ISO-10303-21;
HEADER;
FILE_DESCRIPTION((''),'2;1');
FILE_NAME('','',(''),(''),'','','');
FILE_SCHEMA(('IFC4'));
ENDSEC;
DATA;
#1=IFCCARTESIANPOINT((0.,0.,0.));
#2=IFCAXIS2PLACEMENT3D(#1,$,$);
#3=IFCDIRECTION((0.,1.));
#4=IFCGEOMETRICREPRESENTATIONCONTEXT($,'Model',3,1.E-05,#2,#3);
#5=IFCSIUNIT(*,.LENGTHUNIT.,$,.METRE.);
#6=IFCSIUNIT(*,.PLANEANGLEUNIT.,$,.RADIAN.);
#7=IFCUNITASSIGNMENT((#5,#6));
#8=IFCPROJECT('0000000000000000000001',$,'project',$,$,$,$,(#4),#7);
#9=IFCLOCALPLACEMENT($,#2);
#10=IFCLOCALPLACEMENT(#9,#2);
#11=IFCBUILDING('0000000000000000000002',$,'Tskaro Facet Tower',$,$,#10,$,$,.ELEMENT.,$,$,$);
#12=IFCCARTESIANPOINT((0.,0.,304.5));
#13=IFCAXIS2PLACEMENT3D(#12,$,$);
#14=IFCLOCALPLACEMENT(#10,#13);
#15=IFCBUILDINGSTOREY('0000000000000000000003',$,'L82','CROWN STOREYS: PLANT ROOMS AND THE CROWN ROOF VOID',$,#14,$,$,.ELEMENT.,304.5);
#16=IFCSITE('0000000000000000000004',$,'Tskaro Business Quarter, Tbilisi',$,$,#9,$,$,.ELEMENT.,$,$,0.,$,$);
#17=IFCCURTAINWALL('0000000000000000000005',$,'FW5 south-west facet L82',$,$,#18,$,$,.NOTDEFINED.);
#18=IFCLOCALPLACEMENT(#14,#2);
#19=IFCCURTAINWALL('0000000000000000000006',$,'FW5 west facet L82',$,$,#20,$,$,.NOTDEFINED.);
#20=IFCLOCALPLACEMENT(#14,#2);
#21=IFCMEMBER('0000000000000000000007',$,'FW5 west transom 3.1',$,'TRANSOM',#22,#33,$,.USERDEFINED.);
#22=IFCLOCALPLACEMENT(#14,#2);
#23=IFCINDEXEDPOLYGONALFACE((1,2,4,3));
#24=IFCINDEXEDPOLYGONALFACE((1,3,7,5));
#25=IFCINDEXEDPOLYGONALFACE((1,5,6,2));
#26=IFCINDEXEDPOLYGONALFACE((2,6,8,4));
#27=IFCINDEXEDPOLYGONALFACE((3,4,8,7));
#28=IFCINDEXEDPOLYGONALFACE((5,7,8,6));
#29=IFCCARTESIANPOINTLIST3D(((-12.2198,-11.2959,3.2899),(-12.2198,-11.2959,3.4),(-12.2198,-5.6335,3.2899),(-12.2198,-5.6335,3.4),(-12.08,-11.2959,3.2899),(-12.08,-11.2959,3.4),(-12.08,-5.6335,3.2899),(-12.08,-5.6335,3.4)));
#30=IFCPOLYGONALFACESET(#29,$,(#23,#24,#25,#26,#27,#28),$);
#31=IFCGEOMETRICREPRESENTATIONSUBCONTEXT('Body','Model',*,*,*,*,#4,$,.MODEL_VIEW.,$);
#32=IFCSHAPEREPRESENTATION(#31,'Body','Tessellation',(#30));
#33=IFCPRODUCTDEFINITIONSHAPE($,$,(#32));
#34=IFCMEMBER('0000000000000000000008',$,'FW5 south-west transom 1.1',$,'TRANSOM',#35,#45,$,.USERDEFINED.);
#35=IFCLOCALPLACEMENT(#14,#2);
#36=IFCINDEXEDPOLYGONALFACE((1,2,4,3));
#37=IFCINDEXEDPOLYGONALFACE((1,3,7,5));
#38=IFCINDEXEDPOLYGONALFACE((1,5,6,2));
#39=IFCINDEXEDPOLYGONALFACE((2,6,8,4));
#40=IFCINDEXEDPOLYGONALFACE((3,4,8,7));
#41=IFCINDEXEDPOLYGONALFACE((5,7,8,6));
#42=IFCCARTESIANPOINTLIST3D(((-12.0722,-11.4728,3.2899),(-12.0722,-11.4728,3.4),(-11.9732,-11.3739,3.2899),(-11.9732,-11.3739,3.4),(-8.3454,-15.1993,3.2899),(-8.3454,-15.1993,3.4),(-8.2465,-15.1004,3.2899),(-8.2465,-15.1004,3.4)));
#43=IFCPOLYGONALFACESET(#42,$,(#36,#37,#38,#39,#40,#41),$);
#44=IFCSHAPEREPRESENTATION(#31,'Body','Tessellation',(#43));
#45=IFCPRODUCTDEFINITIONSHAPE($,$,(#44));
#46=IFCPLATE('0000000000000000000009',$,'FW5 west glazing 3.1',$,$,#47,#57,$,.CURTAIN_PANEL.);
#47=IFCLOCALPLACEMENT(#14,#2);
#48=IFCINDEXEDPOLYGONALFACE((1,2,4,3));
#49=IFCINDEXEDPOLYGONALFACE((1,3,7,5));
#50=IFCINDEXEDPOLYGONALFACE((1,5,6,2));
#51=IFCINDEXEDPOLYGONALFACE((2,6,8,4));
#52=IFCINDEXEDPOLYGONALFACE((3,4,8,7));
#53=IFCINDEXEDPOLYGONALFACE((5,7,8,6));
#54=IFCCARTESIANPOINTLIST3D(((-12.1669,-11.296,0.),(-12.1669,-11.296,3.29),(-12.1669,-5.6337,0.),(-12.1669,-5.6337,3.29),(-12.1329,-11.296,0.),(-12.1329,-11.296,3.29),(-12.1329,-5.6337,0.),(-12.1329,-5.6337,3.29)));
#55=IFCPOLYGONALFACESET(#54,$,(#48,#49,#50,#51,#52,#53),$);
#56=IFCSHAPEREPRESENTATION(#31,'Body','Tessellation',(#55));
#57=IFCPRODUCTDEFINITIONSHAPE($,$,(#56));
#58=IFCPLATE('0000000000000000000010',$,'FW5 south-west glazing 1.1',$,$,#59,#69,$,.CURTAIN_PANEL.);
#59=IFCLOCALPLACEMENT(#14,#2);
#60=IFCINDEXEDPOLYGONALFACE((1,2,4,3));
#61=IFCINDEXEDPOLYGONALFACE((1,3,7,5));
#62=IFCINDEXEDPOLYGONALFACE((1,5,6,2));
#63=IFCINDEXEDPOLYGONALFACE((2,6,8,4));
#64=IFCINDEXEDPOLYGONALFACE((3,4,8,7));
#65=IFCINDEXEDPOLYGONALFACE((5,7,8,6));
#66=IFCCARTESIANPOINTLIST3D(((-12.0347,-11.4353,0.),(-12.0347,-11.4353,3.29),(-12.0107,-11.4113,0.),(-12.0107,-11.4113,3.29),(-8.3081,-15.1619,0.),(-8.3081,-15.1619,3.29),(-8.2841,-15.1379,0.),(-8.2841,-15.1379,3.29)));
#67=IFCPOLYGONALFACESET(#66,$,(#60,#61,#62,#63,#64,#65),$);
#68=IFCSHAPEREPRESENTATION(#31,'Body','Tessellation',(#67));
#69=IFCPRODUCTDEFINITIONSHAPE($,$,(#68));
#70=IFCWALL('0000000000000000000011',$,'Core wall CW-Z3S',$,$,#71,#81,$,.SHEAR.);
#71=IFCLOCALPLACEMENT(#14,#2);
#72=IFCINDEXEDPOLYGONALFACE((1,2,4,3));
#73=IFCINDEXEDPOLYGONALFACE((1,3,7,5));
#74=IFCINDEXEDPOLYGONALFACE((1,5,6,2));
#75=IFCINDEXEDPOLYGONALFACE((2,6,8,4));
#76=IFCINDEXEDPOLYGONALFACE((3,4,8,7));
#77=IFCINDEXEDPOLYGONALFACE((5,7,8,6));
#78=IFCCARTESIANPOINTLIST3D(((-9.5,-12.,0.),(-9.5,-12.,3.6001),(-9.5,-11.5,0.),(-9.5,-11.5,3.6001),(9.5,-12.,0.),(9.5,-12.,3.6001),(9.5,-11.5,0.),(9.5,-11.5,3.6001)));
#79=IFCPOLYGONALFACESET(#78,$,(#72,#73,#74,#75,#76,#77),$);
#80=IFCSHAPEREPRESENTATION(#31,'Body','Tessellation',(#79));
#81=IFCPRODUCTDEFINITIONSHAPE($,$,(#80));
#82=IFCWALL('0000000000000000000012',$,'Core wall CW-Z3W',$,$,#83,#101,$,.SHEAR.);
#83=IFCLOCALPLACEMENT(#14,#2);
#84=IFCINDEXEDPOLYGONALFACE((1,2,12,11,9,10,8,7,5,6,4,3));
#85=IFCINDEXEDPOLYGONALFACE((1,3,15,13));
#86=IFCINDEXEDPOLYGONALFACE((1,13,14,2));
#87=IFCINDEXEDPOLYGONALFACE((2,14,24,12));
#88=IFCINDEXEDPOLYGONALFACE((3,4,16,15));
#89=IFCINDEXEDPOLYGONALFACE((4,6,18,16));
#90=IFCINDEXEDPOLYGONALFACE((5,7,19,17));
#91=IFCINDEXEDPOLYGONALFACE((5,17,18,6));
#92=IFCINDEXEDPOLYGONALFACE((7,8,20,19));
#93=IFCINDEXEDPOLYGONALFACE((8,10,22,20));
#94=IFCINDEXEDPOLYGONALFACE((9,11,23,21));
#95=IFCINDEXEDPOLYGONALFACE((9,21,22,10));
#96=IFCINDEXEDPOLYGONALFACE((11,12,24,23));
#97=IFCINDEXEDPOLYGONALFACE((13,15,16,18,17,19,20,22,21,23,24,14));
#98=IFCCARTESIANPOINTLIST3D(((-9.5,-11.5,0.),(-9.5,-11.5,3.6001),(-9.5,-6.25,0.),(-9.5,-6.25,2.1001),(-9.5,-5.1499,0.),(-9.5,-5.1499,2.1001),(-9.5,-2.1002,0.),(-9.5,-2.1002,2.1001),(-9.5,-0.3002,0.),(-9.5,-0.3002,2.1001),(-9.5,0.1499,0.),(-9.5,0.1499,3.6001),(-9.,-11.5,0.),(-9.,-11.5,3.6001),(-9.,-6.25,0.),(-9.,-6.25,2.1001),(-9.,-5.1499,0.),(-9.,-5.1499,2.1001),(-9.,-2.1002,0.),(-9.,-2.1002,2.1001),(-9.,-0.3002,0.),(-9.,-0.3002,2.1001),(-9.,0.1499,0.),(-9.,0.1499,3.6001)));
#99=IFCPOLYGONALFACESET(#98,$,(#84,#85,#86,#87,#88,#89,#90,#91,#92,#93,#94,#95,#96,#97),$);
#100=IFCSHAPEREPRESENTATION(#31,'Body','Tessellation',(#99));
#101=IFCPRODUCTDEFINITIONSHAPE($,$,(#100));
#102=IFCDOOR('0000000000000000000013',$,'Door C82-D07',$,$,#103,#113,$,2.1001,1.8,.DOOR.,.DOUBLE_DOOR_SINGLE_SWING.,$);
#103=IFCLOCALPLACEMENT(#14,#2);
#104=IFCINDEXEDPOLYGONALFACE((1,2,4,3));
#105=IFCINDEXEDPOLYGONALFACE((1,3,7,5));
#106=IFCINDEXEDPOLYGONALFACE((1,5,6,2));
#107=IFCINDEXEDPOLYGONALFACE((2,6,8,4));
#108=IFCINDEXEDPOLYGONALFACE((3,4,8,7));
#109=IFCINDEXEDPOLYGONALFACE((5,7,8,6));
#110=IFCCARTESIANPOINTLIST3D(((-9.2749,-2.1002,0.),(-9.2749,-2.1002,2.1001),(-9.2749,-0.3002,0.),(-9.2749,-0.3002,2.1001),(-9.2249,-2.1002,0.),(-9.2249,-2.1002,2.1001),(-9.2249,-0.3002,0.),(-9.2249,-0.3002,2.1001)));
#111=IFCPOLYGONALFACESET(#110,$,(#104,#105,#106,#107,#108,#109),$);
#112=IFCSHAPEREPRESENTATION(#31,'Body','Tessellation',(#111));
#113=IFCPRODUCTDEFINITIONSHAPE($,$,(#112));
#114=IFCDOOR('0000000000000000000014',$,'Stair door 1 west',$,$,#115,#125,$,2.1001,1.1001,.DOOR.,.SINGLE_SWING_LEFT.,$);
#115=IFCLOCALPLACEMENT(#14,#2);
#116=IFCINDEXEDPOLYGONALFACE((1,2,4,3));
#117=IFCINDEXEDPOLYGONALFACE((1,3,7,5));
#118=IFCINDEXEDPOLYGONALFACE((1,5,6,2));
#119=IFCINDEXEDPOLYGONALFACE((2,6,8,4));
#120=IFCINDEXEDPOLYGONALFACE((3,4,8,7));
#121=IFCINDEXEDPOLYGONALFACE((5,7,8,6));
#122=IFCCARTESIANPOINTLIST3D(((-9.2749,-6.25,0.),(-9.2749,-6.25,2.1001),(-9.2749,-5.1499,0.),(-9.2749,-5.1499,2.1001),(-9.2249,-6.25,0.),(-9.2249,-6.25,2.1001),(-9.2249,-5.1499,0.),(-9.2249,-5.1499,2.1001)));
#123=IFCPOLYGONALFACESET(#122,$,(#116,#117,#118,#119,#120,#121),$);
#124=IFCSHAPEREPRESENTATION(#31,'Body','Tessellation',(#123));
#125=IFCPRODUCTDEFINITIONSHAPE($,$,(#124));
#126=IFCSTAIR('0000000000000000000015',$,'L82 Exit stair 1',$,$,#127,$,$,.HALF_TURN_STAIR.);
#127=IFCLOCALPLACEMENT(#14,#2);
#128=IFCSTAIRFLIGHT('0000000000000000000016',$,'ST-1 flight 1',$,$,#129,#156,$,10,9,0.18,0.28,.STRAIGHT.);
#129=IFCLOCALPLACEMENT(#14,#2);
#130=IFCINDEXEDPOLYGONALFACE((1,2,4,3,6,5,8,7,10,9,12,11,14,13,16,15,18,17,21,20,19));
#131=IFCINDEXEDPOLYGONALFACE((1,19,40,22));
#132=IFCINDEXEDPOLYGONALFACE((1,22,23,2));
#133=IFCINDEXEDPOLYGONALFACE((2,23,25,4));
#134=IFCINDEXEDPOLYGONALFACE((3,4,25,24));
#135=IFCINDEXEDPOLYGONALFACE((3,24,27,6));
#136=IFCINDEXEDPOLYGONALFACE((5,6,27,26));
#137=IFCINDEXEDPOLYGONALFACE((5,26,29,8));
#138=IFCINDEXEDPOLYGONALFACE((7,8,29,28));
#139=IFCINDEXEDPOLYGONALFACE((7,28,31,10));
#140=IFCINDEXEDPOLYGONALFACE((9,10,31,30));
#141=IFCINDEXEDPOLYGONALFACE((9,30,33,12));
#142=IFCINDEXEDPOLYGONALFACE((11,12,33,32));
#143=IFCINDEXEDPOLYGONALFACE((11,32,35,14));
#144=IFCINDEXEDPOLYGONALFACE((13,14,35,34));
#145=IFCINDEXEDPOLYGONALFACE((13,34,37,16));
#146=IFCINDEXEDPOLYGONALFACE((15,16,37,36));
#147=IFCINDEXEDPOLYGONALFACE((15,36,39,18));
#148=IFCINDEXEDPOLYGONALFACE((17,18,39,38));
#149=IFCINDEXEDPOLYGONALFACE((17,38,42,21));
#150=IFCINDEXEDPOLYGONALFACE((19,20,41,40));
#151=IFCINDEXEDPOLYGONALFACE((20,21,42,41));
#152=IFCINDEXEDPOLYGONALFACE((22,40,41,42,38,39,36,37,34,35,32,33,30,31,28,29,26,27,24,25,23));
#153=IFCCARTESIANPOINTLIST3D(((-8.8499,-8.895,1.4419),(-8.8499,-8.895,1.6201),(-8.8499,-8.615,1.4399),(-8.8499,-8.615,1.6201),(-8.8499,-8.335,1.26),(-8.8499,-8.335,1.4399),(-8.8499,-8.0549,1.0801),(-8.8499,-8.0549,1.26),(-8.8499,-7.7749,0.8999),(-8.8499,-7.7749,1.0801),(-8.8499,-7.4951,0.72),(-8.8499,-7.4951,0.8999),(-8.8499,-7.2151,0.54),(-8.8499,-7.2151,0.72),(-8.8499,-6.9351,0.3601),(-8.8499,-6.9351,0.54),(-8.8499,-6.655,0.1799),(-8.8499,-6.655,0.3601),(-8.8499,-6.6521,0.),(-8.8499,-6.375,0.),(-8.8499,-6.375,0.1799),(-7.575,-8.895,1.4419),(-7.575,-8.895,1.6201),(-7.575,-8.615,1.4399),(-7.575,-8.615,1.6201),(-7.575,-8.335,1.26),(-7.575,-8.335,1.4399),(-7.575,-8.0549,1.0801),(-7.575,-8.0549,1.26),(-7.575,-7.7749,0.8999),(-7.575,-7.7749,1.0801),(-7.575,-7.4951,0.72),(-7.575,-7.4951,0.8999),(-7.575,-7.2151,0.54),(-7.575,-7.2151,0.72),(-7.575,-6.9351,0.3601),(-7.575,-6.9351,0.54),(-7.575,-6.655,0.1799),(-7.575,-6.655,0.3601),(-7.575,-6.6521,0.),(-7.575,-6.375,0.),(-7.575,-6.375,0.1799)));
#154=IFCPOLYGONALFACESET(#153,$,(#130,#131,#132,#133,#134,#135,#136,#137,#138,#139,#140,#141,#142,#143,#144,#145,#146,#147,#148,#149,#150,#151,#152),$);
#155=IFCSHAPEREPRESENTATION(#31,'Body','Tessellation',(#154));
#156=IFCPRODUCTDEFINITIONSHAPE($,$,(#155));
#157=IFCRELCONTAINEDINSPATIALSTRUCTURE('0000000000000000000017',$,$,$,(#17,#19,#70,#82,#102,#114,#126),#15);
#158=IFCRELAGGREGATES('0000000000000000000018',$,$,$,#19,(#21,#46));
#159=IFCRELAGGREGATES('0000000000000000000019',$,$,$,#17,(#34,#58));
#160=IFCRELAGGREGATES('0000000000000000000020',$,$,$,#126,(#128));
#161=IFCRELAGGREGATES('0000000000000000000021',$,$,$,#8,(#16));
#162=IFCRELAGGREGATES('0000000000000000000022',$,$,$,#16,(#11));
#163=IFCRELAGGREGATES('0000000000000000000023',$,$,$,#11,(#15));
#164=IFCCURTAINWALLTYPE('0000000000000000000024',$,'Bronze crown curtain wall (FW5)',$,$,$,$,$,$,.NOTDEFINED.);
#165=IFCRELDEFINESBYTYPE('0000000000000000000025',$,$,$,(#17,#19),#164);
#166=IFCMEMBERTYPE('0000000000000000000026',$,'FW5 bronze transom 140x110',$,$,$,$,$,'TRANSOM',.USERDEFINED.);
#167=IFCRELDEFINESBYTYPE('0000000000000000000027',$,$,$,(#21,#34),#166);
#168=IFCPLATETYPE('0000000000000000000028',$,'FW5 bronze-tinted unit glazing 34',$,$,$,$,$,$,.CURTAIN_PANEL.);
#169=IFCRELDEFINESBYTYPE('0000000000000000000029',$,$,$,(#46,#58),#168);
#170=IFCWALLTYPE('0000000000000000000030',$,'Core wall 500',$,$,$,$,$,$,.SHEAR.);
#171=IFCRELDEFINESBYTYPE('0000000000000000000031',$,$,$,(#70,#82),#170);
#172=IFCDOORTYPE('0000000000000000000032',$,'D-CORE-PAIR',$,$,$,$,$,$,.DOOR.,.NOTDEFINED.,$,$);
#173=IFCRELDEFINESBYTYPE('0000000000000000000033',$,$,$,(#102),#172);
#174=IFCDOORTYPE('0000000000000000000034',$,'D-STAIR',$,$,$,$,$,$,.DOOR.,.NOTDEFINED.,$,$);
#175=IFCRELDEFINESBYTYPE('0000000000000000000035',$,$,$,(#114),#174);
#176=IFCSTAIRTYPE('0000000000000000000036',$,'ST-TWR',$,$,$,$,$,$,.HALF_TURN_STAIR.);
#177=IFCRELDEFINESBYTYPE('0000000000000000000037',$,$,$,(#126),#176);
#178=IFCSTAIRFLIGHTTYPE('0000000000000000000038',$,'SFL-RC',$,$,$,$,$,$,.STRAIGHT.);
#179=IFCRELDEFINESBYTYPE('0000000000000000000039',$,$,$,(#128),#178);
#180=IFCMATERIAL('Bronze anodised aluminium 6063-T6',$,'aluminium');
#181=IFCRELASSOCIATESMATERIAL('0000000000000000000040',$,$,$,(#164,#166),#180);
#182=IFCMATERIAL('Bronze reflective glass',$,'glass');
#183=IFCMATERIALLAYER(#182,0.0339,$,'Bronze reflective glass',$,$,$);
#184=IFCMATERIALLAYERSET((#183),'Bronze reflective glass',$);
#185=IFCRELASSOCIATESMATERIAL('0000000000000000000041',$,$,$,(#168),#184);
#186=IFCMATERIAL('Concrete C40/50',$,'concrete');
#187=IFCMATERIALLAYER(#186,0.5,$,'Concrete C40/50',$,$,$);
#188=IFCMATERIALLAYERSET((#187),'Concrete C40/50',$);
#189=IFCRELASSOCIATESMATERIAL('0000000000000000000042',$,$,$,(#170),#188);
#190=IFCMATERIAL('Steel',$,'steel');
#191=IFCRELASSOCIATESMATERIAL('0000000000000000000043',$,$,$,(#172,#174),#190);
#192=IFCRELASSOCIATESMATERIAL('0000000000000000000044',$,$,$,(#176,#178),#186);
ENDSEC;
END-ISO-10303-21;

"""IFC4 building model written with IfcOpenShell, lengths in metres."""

from ifc_helpers import new_model, si_unit, direction, frame, frame_2d, origin, origin_2d, place, context, subcontext, project, spatial, polyline, rectangle, outline, extrude, material, layer, layer_set, material_profile, profile_set, type_object, element, fill, aggregate, save


model = new_model("IFC4")

# Units and contexts
model_context = context("Model", 3, precision=1e-05, world=origin(), true_north=direction((0.0, 1.0)))
body_context = subcontext(model_context, "Body", "Model", "MODEL_VIEW")
ifc_project = project(units=[si_unit("LENGTHUNIT", "METRE"), si_unit("PLANEANGLEUNIT", "RADIAN")], contexts=[model_context])

# Site, building, storey
site_placement = place(None, origin())
site = spatial("IfcSite", under=ifc_project, at=site_placement, Name="Tskaro Business Quarter, Tbilisi", CompositionType="ELEMENT", RefElevation=0.0)
building_placement = place(site_placement, origin())
building = spatial("IfcBuilding", under=site, at=building_placement, Name="Tskaro Facet Tower", CompositionType="ELEMENT")
storey_placement = place(building_placement, frame((0.0, 0.0, 304.5)))
storey = spatial("IfcBuildingStorey", under=building, at=storey_placement, Name="L82", Description="CROWN STOREYS: PLANT ROOMS AND THE CROWN ROOF VOID", CompositionType="ELEMENT", Elevation=304.5)

# Curtain walls
ifc_material_1 = material(Name="Bronze anodised aluminium 6063-T6", Category="aluminium")
curtain_wall_type = type_object("IfcCurtainWallType", Name="Bronze crown curtain wall (FW5)", PredefinedType="NOTDEFINED", material=ifc_material_1)
curtain_wall_1_placement = place(storey_placement, origin())
curtain_wall_1 = element("IfcCurtainWall", 1, at=curtain_wall_1_placement, inside=storey, type_object=curtain_wall_type, Name="FW5 south-west facet L82", PredefinedType="NOTDEFINED")
curtain_wall_2_placement = place(storey_placement, origin())
curtain_wall_2 = element("IfcCurtainWall", 2, at=curtain_wall_2_placement, inside=storey, type_object=curtain_wall_type, Name="FW5 west facet L82", PredefinedType="NOTDEFINED")

# Members
ifc_material_profile_1 = material_profile(ifc_material_1, rectangle(XDim=0.1399, YDim=0.1101, at=origin_2d()), Name="Transom 140x110")
ifc_profile_set_1 = profile_set([ifc_material_profile_1], Name="Bronze anodised aluminium 6063-T6")
member_type_1 = type_object("IfcMemberType", Name="FW5 bronze transom 140x110", ElementType="TRANSOM", PredefinedType="USERDEFINED", material=ifc_profile_set_1)
member_1_placement = place(storey_placement, frame((-12.1499, -5.6335, 3.345), z_axis=(0.0, -1.0, 0.0), x_axis=(1.0, 0.0, 0.0)))
member_1 = element("IfcMember", 3, at=member_1_placement, type_object=member_type_1, Name="FW5 west transom 3.1", ObjectType="TRANSOM", PredefinedType="USERDEFINED", context=body_context, shape_type="SweptSolid", body=[
    extrude(rectangle(XDim=0.1399, YDim=0.1101, at=origin_2d()), origin(), (0.0, 0.0, 1.0), 5.6624),
])
member_2_placement = place(storey_placement, frame((-12.0227, -11.4233, 3.345), z_axis=(0.70713, -0.707084, 0.0), x_axis=(0.707084, 0.70713, 0.0)))
member_2 = element("IfcMember", 4, at=member_2_placement, type_object=member_type_1, Name="FW5 south-west transom 1.1", ObjectType="TRANSOM", PredefinedType="USERDEFINED", context=body_context, shape_type="SweptSolid", body=[
    extrude(rectangle(XDim=0.1399, YDim=0.1101, at=origin_2d()), origin(), (0.0, 0.0, 1.0), 5.2703),
])

# Plates
ifc_material_2 = material(Name="Bronze reflective glass", Category="glass")
ifc_layer_1 = layer(ifc_material_2, 0.0339, Name="Bronze reflective glass")
ifc_layer_set_1 = layer_set([ifc_layer_1], Name="Bronze reflective glass")
plate_type = type_object("IfcPlateType", Name="FW5 bronze-tinted unit glazing 34", PredefinedType="CURTAIN_PANEL", material=ifc_layer_set_1)
plate_1_placement = place(storey_placement, frame((-12.1499, -8.4648, 0.0), z_axis=(0.0, 0.0, 1.0), x_axis=(0.0, -1.0, 0.0)))
plate_1 = element("IfcPlate", 5, at=plate_1_placement, type_object=plate_type, Name="FW5 west glazing 3.1", PredefinedType="CURTAIN_PANEL", context=body_context, shape_type="SweptSolid", body=[
    extrude(rectangle(XDim=5.6624, YDim=0.0339, at=origin_2d()), origin(), (0.0, 0.0, 1.0), 3.29),
])
aggregate(curtain_wall_2, [member_1, plate_1])
plate_2_placement = place(storey_placement, frame((-10.1594, -13.2866, 0.0), z_axis=(0.0, 0.0, 1.0), x_axis=(0.707107, -0.707107, 0.0)))
plate_2 = element("IfcPlate", 6, at=plate_2_placement, type_object=plate_type, Name="FW5 south-west glazing 1.1", PredefinedType="CURTAIN_PANEL", context=body_context, shape_type="SweptSolid", body=[
    extrude(rectangle(XDim=5.2703, YDim=0.0339, at=origin_2d()), origin(), (0.0, 0.0, 1.0), 3.29),
])
aggregate(curtain_wall_1, [member_2, plate_2])

# Wall
ifc_material_3 = material(Name="Concrete C40/50", Category="concrete")
ifc_layer_2 = layer(ifc_material_3, 0.5, Name="Concrete C40/50")
ifc_layer_set_2 = layer_set([ifc_layer_2], Name="Concrete C40/50")
wall_type = type_object("IfcWallType", Name="Core wall 500", PredefinedType="SHEAR", material=ifc_layer_set_2)
wall_1_placement = place(storey_placement, frame((-9.5, -11.75, 0.0), z_axis=(0.0, 0.0, 1.0), x_axis=(1.0, 0.0, 0.0)))
element("IfcWall", 7, at=wall_1_placement, inside=storey, type_object=wall_type, Name="Core wall CW-Z3S", PredefinedType="SHEAR", context=body_context, shape_type="SweptSolid", body=[
    extrude(outline(polyline([(0.0, 0.0), (19.0, 0.0), (19.0, 3.6001), (0.0, 3.6001), (0.0, 0.0)])), frame((0.0, 0.25, 0.0), z_axis=(0.0, -1.0, 0.0), x_axis=(1.0, 0.0, 0.0)), (0.0, 0.0, 1.0), 0.5),
])

# Wall, openings, doors
wall_2_placement = place(storey_placement, frame((-9.25, -11.5, 0.0), z_axis=(0.0, 0.0, 1.0), x_axis=(0.0, 1.0, 0.0)))
wall_2 = element("IfcWall", 8, at=wall_2_placement, inside=storey, type_object=wall_type, Name="Core wall CW-Z3W", PredefinedType="SHEAR", context=body_context, shape_type="SweptSolid", body=[
    extrude(outline(polyline([(0.0, 0.0), (11.6499, 0.0), (11.6499, 3.6001), (0.0, 3.6001), (0.0, 0.0)])), frame((0.0, 0.25, 0.0), z_axis=(0.0, -1.0, 0.0), x_axis=(1.0, 0.0, 0.0)), (0.0, 0.0, 1.0), 0.5),
])
opening_1_placement = place(wall_2_placement, frame((9.3999, 0.0, 0.0)))
opening_1 = element("IfcOpeningElement", 9, at=opening_1_placement, cuts=wall_2, PredefinedType="OPENING", context=body_context, shape_type="SweptSolid", body=[
    extrude(rectangle(XDim=1.8, YDim=2.1001, at=frame_2d((0.8999, 1.05))), frame((0.0, 0.26, 0.0), z_axis=(0.0, -1.0, 0.0), x_axis=(1.0, 0.0, 0.0)), (0.0, 0.0, 1.0), 0.52),
])
opening_2_placement = place(wall_2_placement, frame((5.25, 0.0, 0.0)))
opening_2 = element("IfcOpeningElement", 10, at=opening_2_placement, cuts=wall_2, PredefinedType="OPENING", context=body_context, shape_type="SweptSolid", body=[
    extrude(rectangle(XDim=1.1001, YDim=2.1001, at=frame_2d((0.55, 1.05))), frame((0.0, 0.26, 0.0), z_axis=(0.0, -1.0, 0.0), x_axis=(1.0, 0.0, 0.0)), (0.0, 0.0, 1.0), 0.52),
])
ifc_material_4 = material(Name="Steel", Category="steel")
door_type_1 = type_object("IfcDoorType", Name="D-CORE-PAIR", OperationType="NOTDEFINED", PredefinedType="DOOR", material=ifc_material_4)
door_1_placement = place(opening_1_placement, origin())
door_1 = element("IfcDoor", 11, at=door_1_placement, inside=storey, type_object=door_type_1, Name="Door C82-D07", OperationType="DOUBLE_DOOR_SINGLE_SWING", OverallHeight=2.1001, OverallWidth=1.8, PredefinedType="DOOR", context=body_context, shape_type="SweptSolid", body=[
    extrude(rectangle(XDim=1.8, YDim=2.1001, at=frame_2d((0.8999, 1.05))), frame((0.0, 0.0249, 0.0), z_axis=(0.0, -1.0, 0.0), x_axis=(1.0, 0.0, 0.0)), (0.0, 0.0, 1.0), 0.05),
])
fill(opening_1, door_1)
door_type_2 = type_object("IfcDoorType", Name="D-STAIR", OperationType="NOTDEFINED", PredefinedType="DOOR", material=ifc_material_4)
door_2_placement = place(opening_2_placement, origin())
door_2 = element("IfcDoor", 12, at=door_2_placement, inside=storey, type_object=door_type_2, Name="Stair door 1 west", OperationType="SINGLE_SWING_LEFT", OverallHeight=2.1001, OverallWidth=1.1001, PredefinedType="DOOR", context=body_context, shape_type="SweptSolid", body=[
    extrude(rectangle(XDim=1.1001, YDim=2.1001, at=frame_2d((0.55, 1.05))), frame((0.0, 0.0249, 0.0), z_axis=(0.0, -1.0, 0.0), x_axis=(1.0, 0.0, 0.0)), (0.0, 0.0, 1.0), 0.05),
])
fill(opening_2, door_2)

# Stair, stair flight
stair_type = type_object("IfcStairType", Name="ST-TWR", PredefinedType="HALF_TURN_STAIR", material=ifc_material_3)
stair_placement = place(storey_placement, origin())
stair = element("IfcStair", 13, at=stair_placement, inside=storey, type_object=stair_type, Name="L82 Exit stair 1", PredefinedType="HALF_TURN_STAIR")
stair_flight_type = type_object("IfcStairFlightType", Name="SFL-RC", PredefinedType="STRAIGHT", material=ifc_material_3)
stair_flight_placement = place(storey_placement, frame((-8.2124, -6.375, 0.0), z_axis=(0.0, 0.0, 1.0), x_axis=(0.0, -1.0, 0.0)))
stair_flight = element("IfcStairFlight", 14, at=stair_flight_placement, type_object=stair_flight_type, Name="ST-1 flight 1", NumberOfRisers=10, NumberOfTreads=9, PredefinedType="STRAIGHT", RiserHeight=0.18, TreadLength=0.28, context=body_context, shape_type="SweptSolid", body=[
    extrude(outline(polyline([(0.0, 0.0), (0.0, 0.1799), (0.28, 0.1799), (0.28, 0.3601), (0.5601, 0.3601), (0.5601, 0.54), (0.8401, 0.54), (0.8401, 0.72), (1.1201, 0.72), (1.1201, 0.8999), (1.3999, 0.8999), (1.3999, 1.0801), (1.6799, 1.0801), (1.6799, 1.26), (1.96, 1.26), (1.96, 1.4399), (2.24, 1.4399), (2.24, 1.6201), (2.52, 1.6201), (2.52, 1.8), (2.52, 1.4419), (0.2771, 0.0), (0.0, 0.0)])), frame((0.0, 0.6375, 0.0), z_axis=(0.0, -1.0, 0.0), x_axis=(1.0, 0.0, 0.0)), (0.0, 0.0, 1.0), 1.2749),
])
aggregate(stair, [stair_flight])

save(model, "model.ifc")
